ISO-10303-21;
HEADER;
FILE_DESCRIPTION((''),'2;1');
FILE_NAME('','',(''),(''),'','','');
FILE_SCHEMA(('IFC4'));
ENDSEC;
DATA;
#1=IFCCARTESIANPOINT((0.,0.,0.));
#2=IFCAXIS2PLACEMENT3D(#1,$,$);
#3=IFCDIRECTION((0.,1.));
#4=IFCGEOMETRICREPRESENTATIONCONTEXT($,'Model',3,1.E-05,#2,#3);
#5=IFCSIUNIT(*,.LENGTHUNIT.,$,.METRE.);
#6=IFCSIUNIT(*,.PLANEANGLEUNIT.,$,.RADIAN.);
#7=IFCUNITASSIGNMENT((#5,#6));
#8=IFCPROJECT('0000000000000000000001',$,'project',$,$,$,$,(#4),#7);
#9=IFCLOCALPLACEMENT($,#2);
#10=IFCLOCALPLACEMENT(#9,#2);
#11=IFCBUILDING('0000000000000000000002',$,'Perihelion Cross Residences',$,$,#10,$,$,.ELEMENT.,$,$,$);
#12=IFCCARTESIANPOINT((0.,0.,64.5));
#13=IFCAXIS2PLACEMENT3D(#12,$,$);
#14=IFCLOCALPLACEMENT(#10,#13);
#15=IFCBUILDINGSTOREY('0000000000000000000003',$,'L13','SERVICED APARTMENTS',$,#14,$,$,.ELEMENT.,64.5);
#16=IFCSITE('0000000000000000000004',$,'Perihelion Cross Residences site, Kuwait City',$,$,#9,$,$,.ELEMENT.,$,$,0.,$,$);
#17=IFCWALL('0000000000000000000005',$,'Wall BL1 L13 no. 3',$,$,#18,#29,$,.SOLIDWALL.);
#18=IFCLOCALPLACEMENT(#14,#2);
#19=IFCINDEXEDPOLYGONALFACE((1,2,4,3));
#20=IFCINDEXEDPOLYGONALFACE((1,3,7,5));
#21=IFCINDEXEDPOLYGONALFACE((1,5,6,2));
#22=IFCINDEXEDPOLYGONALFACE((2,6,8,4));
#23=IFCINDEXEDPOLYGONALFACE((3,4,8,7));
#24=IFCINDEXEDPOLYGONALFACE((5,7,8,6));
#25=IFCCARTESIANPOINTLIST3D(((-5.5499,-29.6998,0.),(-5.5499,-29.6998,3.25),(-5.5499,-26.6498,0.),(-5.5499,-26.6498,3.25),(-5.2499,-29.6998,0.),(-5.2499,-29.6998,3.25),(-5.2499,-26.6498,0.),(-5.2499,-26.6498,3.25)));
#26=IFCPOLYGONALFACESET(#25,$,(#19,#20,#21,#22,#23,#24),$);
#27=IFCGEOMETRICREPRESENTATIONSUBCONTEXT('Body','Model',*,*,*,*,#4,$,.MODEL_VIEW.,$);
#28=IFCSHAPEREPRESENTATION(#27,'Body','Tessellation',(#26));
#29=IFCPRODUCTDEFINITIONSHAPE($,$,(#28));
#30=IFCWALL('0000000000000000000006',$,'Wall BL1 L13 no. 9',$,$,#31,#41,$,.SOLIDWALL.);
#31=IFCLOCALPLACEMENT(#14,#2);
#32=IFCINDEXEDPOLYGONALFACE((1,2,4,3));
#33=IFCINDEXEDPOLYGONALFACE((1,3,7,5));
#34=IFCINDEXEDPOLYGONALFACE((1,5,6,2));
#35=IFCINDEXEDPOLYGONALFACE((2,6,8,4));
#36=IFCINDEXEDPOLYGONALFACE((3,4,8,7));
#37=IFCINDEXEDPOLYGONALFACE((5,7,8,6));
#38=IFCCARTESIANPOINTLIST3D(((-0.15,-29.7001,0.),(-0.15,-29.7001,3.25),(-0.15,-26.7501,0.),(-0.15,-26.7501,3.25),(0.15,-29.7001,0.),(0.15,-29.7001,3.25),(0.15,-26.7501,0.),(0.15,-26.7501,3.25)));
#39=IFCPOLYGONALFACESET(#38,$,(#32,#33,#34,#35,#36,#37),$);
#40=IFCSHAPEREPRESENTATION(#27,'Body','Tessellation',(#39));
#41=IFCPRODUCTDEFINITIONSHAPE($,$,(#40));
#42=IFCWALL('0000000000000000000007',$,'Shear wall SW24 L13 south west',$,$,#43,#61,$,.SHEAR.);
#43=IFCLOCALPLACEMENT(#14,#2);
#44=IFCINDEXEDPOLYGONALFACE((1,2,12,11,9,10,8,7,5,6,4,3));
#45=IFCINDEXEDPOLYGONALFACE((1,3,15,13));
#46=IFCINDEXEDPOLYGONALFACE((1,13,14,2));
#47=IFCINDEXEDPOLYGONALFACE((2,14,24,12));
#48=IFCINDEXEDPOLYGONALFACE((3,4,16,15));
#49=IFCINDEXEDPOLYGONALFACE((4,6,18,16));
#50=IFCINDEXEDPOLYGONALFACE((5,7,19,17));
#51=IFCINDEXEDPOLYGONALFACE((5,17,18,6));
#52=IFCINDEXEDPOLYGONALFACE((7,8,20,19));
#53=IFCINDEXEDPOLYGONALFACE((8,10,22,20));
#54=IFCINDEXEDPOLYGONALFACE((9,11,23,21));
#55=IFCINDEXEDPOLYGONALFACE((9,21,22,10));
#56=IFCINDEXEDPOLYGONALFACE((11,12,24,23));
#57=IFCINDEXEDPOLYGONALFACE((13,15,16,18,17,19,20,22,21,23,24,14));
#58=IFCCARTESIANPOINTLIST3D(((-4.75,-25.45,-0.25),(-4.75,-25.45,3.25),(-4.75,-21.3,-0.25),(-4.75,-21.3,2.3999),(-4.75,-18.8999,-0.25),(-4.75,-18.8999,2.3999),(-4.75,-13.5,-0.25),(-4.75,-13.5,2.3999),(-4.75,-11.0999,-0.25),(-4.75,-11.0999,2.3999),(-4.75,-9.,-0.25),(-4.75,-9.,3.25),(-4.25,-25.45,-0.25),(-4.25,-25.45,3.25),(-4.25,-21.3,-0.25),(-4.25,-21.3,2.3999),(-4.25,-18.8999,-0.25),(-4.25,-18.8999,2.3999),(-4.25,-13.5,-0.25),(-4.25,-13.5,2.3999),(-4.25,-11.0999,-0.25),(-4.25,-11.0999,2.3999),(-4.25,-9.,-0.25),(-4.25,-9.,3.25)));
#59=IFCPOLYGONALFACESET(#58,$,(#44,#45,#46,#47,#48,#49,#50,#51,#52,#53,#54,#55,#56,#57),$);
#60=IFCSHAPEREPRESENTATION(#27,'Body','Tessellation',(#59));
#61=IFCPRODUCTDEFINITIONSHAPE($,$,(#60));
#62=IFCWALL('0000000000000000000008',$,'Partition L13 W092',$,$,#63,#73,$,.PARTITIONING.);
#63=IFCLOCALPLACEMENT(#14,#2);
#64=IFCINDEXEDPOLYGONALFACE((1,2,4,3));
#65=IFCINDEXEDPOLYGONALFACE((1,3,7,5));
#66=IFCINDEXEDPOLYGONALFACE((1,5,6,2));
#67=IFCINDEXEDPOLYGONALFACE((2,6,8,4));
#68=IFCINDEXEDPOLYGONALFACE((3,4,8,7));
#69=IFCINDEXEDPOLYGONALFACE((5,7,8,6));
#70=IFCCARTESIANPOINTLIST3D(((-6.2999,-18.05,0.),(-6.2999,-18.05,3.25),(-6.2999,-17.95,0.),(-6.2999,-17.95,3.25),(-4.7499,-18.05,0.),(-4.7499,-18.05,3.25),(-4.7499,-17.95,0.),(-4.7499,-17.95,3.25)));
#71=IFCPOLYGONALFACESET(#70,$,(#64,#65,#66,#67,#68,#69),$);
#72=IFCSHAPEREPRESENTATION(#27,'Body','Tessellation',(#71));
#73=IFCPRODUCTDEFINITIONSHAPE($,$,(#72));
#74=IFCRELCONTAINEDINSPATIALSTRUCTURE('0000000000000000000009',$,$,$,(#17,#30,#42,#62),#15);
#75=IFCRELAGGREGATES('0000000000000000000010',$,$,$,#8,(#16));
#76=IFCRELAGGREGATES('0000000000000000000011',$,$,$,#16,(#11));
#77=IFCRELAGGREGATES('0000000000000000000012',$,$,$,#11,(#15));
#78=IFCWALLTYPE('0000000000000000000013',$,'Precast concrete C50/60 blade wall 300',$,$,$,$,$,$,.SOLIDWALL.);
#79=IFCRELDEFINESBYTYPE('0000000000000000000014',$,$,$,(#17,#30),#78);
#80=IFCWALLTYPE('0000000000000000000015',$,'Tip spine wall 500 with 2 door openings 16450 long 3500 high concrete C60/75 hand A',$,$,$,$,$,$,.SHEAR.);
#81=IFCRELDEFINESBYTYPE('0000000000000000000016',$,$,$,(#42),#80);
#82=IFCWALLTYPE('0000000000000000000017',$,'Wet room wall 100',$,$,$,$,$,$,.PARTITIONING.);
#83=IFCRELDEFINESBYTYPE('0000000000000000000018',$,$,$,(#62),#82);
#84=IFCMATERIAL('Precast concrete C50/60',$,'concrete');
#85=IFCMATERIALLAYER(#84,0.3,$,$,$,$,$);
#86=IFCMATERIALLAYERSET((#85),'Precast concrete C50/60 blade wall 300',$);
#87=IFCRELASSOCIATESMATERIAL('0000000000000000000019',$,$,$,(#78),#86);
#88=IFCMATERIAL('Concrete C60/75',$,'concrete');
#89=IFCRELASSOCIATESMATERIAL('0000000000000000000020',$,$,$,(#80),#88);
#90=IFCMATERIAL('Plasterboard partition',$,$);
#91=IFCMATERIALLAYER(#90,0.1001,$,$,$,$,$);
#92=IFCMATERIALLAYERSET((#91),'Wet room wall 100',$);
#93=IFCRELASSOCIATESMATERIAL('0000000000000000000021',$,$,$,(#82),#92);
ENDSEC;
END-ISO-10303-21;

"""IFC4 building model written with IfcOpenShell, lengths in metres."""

from ifc_helpers import new_model, si_unit, direction, frame, frame_2d, origin, place, context, subcontext, project, spatial, polyline, rectangle, outline, extrude, material, layer, layer_set, material_profile, profile_set, type_object, element, save


model = new_model("IFC4")

# Units and contexts
model_context = context("Model", 3, precision=1e-05, world=origin(), true_north=direction((0.0, 1.0)))
body_context = subcontext(model_context, "Body", "Model", "MODEL_VIEW")
ifc_project = project(units=[si_unit("LENGTHUNIT", "METRE"), si_unit("PLANEANGLEUNIT", "RADIAN")], contexts=[model_context])

# Site, building, storey
site_placement = place(None, origin())
site = spatial("IfcSite", under=ifc_project, at=site_placement, Name="Perihelion Cross Residences site, Kuwait City", CompositionType="ELEMENT", RefElevation=0.0)
building_placement = place(site_placement, origin())
building = spatial("IfcBuilding", under=site, at=building_placement, Name="Perihelion Cross Residences", CompositionType="ELEMENT")
storey_placement = place(building_placement, frame((0.0, 0.0, 64.5)))
storey = spatial("IfcBuildingStorey", under=building, at=storey_placement, Name="L13", Description="SERVICED APARTMENTS", CompositionType="ELEMENT", Elevation=64.5)

# Walls
ifc_material_1 = material(Name="Precast concrete C50/60", Category="concrete")
ifc_layer_1 = layer(ifc_material_1, 0.3)
ifc_layer_set_1 = layer_set([ifc_layer_1], Name="Precast concrete C50/60 blade wall 300")
wall_type_1 = type_object("IfcWallType", Name="Precast concrete C50/60 blade wall 300", PredefinedType="SOLIDWALL", material=ifc_layer_set_1)
for number, where, z_axis, x_axis, name in (
    (1, (-5.3999, -26.6499, 0.0), (0.0, 0.0, 1.0), (0.0, -1.0, 0.0), "Wall BL1 L13 no. 3"),
):
    element("IfcWall", number, at=place(storey_placement, frame(where, z_axis=z_axis, x_axis=x_axis)), inside=storey, type_object=wall_type_1, Name=name, PredefinedType="SOLIDWALL", context=body_context, shape_type="SweptSolid", body=[
        extrude(rectangle(XDim=3.05, YDim=0.3, at=frame_2d((1.5249, 0.0))), origin(), (0.0, 0.0, 1.0), 3.25),
    ])
wall_1_placement = place(storey_placement, frame((0.0, -26.75, 0.0), z_axis=(0.0, 0.0, 1.0), x_axis=(0.0, -1.0, 0.0)))
element("IfcWall", 2, at=wall_1_placement, inside=storey, type_object=wall_type_1, Name="Wall BL1 L13 no. 9", PredefinedType="SOLIDWALL", context=body_context, shape_type="SweptSolid", body=[
    extrude(rectangle(XDim=2.95, YDim=0.3, at=frame_2d((1.4751, 0.0))), origin(), (0.0, 0.0, 1.0), 3.25),
])
ifc_material_2 = material(Name="Concrete C60/75", Category="concrete")
ifc_material_profile_1 = material_profile(ifc_material_2, outline(polyline([(0.0, 0.0), (4.1499, 0.0), (4.1499, 2.6499), (6.55, 2.6499), (6.55, 0.0), (11.95, 0.0), (11.95, 2.6499), (14.3501, 2.6499), (14.3501, 0.0), (16.45, 0.0), (16.45, 3.5), (0.0, 3.5), (0.0, 0.0)])), Name="Tip spine wall")
ifc_profile_set_1 = profile_set([ifc_material_profile_1], Name="Concrete C60/75")
wall_type_2 = type_object("IfcWallType", Name="Tip spine wall 500 with 2 door openings 16450 long 3500 high concrete C60/75 hand A", PredefinedType="SHEAR", material=ifc_profile_set_1)
wall_2_placement = place(storey_placement, frame((-4.75, -25.45, -0.25), z_axis=(1.0, 0.0, 0.0), x_axis=(0.0, 1.0, 0.0)))
element("IfcWall", 3, at=wall_2_placement, inside=storey, type_object=wall_type_2, Name="Shear wall SW24 L13 south west", PredefinedType="SHEAR", context=body_context, shape_type="SweptSolid", body=[
    extrude(outline(polyline([(0.0, 0.0), (4.1499, 0.0), (4.1499, 2.6499), (6.55, 2.6499), (6.55, 0.0), (11.95, 0.0), (11.95, 2.6499), (14.3501, 2.6499), (14.3501, 0.0), (16.45, 0.0), (16.45, 3.5), (0.0, 3.5), (0.0, 0.0)])), origin(), (0.0, 0.0, 1.0), 0.5),
])
ifc_material_3 = material(Name="Plasterboard partition")
ifc_layer_2 = layer(ifc_material_3, 0.1001)
ifc_layer_set_2 = layer_set([ifc_layer_2], Name="Wet room wall 100")
wall_type_3 = type_object("IfcWallType", Name="Wet room wall 100", PredefinedType="PARTITIONING", material=ifc_layer_set_2)
wall_3_placement = place(storey_placement, frame((-4.75, -18.0, 0.0), z_axis=(0.0, 0.0, 1.0), x_axis=(-1.0, 0.0, 0.0)))
element("IfcWall", 4, at=wall_3_placement, inside=storey, type_object=wall_type_3, Name="Partition L13 W092", PredefinedType="PARTITIONING", context=body_context, shape_type="SweptSolid", body=[
    extrude(rectangle(XDim=1.55, YDim=0.1001, at=frame_2d((0.7749, 0.0))), origin(), (0.0, 0.0, 1.0), 3.25),
])

save(model, "model.ifc")
